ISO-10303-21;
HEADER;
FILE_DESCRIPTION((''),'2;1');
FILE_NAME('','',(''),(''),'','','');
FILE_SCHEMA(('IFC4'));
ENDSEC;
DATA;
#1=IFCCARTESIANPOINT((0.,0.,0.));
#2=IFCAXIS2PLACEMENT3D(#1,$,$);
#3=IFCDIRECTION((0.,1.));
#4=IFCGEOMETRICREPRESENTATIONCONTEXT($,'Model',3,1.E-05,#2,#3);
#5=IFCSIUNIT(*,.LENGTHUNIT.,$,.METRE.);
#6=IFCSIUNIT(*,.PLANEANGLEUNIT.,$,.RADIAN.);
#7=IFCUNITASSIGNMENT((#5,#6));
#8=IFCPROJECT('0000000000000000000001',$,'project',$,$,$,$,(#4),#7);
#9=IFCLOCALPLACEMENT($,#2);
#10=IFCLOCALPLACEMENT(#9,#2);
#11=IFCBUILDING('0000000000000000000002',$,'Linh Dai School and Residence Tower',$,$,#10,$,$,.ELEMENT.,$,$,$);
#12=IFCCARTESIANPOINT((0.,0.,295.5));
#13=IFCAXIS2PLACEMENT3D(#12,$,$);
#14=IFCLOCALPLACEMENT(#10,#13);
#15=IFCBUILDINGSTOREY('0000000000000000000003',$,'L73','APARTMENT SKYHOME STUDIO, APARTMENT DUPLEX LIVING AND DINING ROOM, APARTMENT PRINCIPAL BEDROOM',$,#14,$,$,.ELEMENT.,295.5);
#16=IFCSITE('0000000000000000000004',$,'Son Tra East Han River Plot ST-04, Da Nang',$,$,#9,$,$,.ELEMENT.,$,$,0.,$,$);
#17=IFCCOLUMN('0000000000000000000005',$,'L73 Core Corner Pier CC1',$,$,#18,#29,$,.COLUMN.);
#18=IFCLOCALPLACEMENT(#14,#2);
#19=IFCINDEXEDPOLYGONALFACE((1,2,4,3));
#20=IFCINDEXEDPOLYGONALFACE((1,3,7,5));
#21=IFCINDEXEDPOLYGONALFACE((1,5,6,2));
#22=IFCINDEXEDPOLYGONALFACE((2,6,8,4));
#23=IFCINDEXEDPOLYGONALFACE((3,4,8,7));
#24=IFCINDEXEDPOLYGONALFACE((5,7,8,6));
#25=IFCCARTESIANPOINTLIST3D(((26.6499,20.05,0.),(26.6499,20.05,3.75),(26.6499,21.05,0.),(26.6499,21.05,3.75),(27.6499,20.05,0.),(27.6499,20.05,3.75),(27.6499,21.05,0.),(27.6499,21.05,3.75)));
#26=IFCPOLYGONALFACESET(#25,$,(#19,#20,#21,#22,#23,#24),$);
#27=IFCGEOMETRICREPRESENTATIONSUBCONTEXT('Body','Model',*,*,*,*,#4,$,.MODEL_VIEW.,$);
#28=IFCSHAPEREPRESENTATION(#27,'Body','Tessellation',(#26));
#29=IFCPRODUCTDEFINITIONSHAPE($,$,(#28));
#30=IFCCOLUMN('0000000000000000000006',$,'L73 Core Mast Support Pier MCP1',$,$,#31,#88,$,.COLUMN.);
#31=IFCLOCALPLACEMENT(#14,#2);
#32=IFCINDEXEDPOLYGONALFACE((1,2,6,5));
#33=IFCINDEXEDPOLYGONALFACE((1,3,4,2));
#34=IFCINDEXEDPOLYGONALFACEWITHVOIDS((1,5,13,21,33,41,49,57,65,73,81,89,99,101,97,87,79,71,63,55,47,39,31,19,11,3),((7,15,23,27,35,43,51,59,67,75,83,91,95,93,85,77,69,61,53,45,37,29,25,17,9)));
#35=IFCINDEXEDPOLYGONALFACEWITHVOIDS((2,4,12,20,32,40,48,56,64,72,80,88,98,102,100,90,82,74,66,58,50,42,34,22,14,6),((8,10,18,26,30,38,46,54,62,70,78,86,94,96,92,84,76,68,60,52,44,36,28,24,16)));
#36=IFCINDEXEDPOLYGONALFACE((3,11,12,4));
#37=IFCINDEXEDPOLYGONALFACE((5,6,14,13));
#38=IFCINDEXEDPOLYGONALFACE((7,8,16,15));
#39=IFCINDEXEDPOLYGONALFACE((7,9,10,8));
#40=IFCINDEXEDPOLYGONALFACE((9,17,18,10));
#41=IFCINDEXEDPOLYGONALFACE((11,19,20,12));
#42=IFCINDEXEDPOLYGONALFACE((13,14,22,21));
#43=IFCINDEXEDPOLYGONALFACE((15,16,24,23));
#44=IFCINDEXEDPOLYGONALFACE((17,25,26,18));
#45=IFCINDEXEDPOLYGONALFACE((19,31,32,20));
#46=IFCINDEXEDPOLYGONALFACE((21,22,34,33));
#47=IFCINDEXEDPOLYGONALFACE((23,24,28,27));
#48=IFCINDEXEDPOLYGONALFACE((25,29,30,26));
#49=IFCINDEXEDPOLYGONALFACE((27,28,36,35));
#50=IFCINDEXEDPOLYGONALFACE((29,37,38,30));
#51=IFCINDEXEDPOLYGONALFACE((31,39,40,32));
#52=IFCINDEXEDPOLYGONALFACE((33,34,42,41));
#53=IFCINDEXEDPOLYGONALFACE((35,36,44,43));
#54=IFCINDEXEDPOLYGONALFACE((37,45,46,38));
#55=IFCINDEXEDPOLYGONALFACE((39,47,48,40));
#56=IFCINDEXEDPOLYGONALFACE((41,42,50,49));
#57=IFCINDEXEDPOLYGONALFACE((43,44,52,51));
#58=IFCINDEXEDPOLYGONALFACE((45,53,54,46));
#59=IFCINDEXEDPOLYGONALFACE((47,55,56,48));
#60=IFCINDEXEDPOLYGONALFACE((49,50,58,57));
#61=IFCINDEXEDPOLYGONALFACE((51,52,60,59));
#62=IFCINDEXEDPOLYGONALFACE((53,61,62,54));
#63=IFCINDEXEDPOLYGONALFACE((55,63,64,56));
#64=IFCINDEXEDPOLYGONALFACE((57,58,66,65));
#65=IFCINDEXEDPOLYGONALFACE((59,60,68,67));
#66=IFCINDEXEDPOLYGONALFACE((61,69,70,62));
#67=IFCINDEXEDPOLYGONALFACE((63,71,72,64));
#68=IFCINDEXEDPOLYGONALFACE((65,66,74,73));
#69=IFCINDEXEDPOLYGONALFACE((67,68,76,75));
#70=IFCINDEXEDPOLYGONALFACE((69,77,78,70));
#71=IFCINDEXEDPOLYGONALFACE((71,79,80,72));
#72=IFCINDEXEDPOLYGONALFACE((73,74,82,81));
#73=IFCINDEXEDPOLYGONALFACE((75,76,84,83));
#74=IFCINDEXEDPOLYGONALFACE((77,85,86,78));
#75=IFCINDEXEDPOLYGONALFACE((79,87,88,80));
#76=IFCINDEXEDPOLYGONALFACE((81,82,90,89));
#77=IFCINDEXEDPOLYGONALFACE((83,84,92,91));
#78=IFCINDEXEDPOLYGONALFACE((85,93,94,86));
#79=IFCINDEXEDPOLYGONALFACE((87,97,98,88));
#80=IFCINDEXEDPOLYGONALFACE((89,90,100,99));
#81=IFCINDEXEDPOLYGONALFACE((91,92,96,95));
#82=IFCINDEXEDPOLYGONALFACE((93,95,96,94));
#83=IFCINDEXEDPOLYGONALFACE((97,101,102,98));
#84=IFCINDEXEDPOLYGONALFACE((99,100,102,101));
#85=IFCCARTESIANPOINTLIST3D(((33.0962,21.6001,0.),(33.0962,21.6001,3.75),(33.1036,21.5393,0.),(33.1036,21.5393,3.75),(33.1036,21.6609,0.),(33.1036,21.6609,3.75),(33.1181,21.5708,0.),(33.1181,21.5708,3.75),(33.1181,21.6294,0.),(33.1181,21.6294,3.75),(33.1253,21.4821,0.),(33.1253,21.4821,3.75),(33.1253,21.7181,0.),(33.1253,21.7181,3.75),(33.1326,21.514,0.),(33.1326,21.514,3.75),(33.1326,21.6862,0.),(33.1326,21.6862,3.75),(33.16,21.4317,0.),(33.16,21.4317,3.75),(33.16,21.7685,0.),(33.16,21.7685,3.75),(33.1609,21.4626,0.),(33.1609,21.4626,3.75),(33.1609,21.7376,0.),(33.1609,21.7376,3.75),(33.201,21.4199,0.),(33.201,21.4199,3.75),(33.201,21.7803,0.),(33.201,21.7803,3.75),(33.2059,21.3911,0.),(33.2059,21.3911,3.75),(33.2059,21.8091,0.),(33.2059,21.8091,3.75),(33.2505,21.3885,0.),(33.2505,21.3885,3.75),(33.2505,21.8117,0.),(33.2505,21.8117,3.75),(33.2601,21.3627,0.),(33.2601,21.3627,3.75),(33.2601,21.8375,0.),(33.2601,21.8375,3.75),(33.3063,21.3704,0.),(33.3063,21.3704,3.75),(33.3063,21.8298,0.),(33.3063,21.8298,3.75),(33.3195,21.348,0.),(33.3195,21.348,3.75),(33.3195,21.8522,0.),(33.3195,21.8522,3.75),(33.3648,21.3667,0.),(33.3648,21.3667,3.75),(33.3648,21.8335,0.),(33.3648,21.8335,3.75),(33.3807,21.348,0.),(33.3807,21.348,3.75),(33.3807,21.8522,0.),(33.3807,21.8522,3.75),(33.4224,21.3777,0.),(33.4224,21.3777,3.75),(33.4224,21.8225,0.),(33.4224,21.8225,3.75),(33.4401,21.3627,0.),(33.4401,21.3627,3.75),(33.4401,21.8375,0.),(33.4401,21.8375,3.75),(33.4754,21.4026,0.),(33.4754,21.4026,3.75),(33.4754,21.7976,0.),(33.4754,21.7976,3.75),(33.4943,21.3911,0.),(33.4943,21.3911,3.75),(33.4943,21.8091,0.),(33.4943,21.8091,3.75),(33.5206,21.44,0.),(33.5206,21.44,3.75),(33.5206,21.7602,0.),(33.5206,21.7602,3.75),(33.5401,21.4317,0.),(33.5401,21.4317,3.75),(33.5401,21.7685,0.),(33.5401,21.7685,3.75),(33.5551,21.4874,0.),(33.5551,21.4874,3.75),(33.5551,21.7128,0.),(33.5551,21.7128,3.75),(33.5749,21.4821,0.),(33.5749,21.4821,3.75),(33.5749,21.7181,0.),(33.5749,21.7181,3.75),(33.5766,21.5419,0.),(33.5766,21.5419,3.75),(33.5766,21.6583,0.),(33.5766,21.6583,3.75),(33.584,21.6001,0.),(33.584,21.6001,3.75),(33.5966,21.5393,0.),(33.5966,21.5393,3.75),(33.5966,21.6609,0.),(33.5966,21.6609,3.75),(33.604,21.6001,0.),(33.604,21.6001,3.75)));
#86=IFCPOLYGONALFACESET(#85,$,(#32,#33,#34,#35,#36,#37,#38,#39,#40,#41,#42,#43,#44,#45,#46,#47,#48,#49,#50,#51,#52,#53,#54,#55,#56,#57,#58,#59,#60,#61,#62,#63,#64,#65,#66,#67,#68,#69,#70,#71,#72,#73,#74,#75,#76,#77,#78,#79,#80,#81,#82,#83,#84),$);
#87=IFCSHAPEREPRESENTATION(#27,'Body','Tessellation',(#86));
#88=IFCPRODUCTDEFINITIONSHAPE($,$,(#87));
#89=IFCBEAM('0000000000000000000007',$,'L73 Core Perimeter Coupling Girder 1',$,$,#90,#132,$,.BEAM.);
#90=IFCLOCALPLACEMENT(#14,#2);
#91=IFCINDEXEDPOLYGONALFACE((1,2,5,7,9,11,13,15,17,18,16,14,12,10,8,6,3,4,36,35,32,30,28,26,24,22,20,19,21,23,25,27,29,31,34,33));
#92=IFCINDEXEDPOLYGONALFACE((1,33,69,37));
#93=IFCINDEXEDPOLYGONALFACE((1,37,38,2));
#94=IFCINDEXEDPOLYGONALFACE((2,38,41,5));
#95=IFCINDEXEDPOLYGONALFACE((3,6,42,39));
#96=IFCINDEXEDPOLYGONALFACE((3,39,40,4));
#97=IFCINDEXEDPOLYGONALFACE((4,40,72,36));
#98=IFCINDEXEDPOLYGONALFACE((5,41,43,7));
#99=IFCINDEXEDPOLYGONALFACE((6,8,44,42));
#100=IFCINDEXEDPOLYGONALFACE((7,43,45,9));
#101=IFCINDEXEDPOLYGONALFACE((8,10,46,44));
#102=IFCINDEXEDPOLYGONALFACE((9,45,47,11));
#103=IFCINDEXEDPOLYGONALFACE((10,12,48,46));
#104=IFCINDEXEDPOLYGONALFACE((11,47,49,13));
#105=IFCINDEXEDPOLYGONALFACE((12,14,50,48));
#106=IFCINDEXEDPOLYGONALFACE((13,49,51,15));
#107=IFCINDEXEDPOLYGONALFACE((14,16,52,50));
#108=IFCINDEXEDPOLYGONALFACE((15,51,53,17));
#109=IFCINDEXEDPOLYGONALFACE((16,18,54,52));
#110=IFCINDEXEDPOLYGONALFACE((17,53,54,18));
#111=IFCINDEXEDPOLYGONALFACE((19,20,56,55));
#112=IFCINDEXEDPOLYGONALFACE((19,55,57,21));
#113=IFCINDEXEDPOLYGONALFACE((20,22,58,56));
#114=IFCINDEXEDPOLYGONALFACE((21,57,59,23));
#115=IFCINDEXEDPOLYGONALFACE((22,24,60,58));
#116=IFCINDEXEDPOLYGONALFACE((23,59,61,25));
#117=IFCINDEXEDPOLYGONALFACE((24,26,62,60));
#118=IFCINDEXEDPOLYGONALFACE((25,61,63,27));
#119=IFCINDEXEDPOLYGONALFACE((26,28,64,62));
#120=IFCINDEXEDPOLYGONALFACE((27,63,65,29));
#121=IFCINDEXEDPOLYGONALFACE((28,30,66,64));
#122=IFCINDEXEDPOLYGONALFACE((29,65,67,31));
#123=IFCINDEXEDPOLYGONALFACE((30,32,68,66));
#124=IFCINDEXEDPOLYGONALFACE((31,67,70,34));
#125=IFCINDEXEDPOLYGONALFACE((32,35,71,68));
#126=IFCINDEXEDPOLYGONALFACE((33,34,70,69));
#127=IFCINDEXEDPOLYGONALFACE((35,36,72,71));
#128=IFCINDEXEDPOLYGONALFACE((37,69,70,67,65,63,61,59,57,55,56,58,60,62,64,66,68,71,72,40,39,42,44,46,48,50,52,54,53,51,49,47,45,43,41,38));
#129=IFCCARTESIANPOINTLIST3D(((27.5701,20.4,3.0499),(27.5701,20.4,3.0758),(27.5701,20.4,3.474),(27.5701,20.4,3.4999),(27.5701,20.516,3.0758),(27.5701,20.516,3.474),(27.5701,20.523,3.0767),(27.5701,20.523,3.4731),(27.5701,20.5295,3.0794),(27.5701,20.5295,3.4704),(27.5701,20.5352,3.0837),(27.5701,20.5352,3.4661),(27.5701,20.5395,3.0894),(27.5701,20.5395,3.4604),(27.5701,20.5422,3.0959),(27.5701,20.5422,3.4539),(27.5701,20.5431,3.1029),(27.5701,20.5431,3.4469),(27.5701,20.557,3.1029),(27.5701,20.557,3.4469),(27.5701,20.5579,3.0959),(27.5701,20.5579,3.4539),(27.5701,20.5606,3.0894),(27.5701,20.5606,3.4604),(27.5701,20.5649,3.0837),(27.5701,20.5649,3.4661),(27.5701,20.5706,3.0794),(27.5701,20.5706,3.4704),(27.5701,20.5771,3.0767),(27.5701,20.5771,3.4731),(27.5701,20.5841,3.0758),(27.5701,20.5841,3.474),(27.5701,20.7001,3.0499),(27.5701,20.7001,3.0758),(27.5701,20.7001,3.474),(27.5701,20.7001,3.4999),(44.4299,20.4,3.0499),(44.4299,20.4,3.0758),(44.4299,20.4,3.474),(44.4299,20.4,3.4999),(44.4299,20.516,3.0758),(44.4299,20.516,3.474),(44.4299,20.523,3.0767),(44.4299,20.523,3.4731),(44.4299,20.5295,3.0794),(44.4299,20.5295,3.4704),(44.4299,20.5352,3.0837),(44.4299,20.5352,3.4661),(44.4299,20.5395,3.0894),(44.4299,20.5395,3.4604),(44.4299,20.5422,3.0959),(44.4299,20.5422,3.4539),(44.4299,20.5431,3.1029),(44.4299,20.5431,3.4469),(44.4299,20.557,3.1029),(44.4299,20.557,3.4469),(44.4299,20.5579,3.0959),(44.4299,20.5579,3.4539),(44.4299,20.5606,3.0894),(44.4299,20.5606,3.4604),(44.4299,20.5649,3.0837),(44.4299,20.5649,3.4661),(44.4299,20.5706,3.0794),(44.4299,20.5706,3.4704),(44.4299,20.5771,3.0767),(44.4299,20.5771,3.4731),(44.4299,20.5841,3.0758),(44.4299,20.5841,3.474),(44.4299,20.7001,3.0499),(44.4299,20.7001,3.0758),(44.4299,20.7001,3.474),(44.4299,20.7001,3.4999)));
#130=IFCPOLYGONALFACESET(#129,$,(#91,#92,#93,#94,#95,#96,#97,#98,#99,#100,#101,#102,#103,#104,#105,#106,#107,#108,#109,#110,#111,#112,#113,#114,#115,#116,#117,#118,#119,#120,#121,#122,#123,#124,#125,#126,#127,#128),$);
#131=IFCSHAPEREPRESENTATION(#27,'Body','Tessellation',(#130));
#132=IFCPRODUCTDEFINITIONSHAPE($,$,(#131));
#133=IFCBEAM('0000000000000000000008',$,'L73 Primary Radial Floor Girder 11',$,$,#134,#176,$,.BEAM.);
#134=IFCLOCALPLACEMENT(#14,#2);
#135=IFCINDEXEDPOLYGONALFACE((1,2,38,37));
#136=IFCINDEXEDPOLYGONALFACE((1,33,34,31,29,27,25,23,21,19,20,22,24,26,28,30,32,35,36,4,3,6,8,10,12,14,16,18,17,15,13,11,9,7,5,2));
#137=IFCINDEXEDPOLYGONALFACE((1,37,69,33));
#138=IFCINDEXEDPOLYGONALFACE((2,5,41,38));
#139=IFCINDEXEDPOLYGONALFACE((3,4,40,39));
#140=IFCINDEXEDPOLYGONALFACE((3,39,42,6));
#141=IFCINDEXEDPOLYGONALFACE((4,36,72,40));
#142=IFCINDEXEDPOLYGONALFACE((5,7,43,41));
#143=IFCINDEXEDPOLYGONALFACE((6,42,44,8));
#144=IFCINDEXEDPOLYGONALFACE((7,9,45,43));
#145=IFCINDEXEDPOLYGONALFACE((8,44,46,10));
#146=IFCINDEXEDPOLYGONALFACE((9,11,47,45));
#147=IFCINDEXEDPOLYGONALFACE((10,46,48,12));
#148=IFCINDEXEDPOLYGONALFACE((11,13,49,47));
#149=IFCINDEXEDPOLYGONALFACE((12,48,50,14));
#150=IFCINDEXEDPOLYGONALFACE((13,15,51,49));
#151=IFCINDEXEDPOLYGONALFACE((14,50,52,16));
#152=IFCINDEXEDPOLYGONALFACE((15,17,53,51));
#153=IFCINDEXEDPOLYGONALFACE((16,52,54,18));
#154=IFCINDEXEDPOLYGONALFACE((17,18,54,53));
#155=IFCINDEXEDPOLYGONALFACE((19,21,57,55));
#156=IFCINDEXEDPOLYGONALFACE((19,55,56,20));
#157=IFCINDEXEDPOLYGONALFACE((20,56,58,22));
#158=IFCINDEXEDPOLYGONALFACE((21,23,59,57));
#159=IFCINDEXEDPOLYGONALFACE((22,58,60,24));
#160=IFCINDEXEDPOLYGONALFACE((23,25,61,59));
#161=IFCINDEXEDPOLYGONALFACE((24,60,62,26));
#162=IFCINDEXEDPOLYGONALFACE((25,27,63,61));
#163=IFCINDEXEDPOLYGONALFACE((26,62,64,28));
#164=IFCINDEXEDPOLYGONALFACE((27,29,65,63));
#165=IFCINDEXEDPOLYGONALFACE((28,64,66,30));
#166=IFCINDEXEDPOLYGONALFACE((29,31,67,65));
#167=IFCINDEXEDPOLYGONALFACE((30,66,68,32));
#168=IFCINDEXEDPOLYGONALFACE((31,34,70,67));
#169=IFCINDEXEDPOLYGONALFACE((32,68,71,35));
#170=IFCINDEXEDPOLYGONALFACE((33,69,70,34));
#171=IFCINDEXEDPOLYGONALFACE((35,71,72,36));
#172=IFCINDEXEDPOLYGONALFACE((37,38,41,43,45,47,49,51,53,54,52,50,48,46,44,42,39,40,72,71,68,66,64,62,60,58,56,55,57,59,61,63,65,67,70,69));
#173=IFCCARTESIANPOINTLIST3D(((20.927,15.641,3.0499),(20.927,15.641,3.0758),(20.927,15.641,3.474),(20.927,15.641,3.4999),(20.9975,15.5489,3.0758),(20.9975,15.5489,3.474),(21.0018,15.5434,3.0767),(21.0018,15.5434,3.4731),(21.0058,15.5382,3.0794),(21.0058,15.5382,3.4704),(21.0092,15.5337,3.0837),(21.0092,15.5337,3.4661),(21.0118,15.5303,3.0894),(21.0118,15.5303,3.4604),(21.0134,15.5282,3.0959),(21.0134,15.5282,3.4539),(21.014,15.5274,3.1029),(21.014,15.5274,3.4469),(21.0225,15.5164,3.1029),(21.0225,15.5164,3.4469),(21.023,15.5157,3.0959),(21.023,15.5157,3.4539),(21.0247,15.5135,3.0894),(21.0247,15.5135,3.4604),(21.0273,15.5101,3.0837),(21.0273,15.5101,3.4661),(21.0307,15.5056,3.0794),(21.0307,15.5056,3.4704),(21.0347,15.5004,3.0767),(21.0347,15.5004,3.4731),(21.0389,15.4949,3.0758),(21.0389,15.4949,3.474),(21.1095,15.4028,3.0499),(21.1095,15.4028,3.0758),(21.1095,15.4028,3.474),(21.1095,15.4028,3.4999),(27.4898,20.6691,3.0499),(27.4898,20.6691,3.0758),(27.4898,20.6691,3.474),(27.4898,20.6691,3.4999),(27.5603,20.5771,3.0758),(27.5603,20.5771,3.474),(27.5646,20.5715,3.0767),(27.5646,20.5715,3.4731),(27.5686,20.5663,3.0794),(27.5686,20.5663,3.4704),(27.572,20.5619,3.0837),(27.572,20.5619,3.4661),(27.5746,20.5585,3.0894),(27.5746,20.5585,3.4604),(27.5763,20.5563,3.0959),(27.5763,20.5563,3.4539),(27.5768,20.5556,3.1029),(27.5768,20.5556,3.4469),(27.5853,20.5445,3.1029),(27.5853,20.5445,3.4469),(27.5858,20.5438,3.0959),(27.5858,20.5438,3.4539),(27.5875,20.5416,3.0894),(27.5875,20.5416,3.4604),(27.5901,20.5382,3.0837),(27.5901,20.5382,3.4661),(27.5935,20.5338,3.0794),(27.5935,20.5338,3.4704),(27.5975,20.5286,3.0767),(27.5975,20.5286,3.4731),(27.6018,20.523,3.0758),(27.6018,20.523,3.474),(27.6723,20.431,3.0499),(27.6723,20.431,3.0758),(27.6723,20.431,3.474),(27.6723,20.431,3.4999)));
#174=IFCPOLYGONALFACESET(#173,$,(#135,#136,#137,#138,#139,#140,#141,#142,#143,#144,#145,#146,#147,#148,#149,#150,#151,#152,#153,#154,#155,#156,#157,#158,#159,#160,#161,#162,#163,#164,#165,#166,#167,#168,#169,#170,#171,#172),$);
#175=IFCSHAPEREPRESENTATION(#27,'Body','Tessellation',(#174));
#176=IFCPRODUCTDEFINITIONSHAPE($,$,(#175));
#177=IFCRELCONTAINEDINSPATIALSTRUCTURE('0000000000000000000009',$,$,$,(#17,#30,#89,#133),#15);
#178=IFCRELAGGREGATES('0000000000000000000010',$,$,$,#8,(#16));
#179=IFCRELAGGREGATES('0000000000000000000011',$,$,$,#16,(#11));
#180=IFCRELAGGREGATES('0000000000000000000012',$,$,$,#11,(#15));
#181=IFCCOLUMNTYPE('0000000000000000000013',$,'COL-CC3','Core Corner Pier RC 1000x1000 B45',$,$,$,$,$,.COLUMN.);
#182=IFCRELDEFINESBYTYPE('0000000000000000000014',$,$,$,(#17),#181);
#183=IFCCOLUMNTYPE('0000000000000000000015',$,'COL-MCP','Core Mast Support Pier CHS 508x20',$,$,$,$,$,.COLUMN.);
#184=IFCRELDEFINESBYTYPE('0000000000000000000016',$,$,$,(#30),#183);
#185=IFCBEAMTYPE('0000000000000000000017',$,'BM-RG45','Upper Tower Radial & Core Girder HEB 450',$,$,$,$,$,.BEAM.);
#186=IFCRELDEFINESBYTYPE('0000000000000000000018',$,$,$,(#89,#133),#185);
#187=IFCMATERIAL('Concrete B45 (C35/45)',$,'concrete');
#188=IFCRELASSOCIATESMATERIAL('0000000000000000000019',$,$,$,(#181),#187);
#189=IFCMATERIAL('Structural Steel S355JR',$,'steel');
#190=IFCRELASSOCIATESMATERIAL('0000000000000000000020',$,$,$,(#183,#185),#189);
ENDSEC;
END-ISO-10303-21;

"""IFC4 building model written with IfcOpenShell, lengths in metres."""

from ifc_helpers import new_model, si_unit, direction, frame, origin, origin_2d, place, context, subcontext, project, spatial, rectangle, hollow_circle, i_section, extrude, material, material_profile, profile_set, type_object, element, save


model = new_model("IFC4")

# Units and contexts
model_context = context("Model", 3, precision=1e-05, world=origin(), true_north=direction((0.0, 1.0)))
body_context = subcontext(model_context, "Body", "Model", "MODEL_VIEW")
ifc_project = project(units=[si_unit("LENGTHUNIT", "METRE"), si_unit("PLANEANGLEUNIT", "RADIAN")], contexts=[model_context])

# Site, building, storey
site_placement = place(None, origin())
site = spatial("IfcSite", under=ifc_project, at=site_placement, Name="Son Tra East Han River Plot ST-04, Da Nang", CompositionType="ELEMENT", RefElevation=0.0)
building_placement = place(site_placement, origin())
building = spatial("IfcBuilding", under=site, at=building_placement, Name="Linh Dai School and Residence Tower", CompositionType="ELEMENT")
storey_placement = place(building_placement, frame((0.0, 0.0, 295.5)))
storey = spatial("IfcBuildingStorey", under=building, at=storey_placement, Name="L73", Description="APARTMENT SKYHOME STUDIO, APARTMENT DUPLEX LIVING AND DINING ROOM, APARTMENT PRINCIPAL BEDROOM", CompositionType="ELEMENT", Elevation=295.5)

# Columns
ifc_material_1 = material(Name="Concrete B45 (C35/45)", Category="concrete")
ifc_material_profile_1 = material_profile(ifc_material_1, rectangle(XDim=1.0, YDim=1.0, at=origin_2d()), Name="RC 1000x1000")
ifc_profile_set_1 = profile_set([ifc_material_profile_1], Name="Concrete B45 (C35/45)")
column_type_1 = type_object("IfcColumnType", Name="COL-CC3", Description="Core Corner Pier RC 1000x1000 B45", PredefinedType="COLUMN", material=ifc_profile_set_1)
column_1_placement = place(storey_placement, frame((27.1499, 20.55, 0.0), z_axis=(0.0, 0.0, 1.0), x_axis=(1.0, 0.0, 0.0)))
element("IfcColumn", 1, at=column_1_placement, inside=storey, type_object=column_type_1, Name="L73 Core Corner Pier CC1", PredefinedType="COLUMN", context=body_context, shape_type="SweptSolid", body=[
    extrude(rectangle(XDim=1.0, YDim=1.0, at=origin_2d()), origin(), (0.0, 0.0, 1.0), 3.75),
])
ifc_material_2 = material(Name="Structural Steel S355JR", Category="steel")
ifc_material_profile_2 = material_profile(ifc_material_2, hollow_circle(Radius=0.2539, WallThickness=0.02, at=origin_2d()), Name="CHS 508x20")
ifc_profile_set_2 = profile_set([ifc_material_profile_2], Name="Structural Steel S355JR")
column_type_2 = type_object("IfcColumnType", Name="COL-MCP", Description="Core Mast Support Pier CHS 508x20", PredefinedType="COLUMN", material=ifc_profile_set_2)
column_2_placement = place(storey_placement, frame((33.3501, 21.6001, 0.0), z_axis=(0.0, 0.0, 1.0), x_axis=(1.0, 0.0, 0.0)))
element("IfcColumn", 2, at=column_2_placement, inside=storey, type_object=column_type_2, Name="L73 Core Mast Support Pier MCP1", PredefinedType="COLUMN", context=body_context, shape_type="SweptSolid", body=[
    extrude(hollow_circle(Radius=0.2539, WallThickness=0.02, at=origin_2d()), origin(), (0.0, 0.0, 1.0), 3.75),
])

# Beams
ifc_material_profile_3 = material_profile(ifc_material_2, i_section(OverallWidth=0.3, OverallDepth=0.45, WebThickness=0.0139, FlangeThickness=0.0259, FilletRadius=0.0271, at=origin_2d()), Name="HEB 450")
ifc_profile_set_3 = profile_set([ifc_material_profile_3], Name="Structural Steel S355JR")
beam_type_1 = type_object("IfcBeamType", Name="BM-RG45", Description="Upper Tower Radial & Core Girder HEB 450", PredefinedType="BEAM", material=ifc_profile_set_3)
beam_1_placement = place(storey_placement, frame((27.5701, 20.55, 3.2749), z_axis=(1.0, 0.0, 0.0), x_axis=(0.0, 1.0, 0.0)))
element("IfcBeam", 3, at=beam_1_placement, inside=storey, type_object=beam_type_1, Name="L73 Core Perimeter Coupling Girder 1", PredefinedType="BEAM", context=body_context, shape_type="SweptSolid", body=[
    extrude(i_section(OverallWidth=0.3, OverallDepth=0.45, WebThickness=0.0139, FlangeThickness=0.0259, FilletRadius=0.0271, at=origin_2d()), origin(), (0.0, 0.0, 1.0), 16.8599),
])
beam_2_placement = place(storey_placement, frame((27.5811, 20.55, 3.2749), z_axis=(-0.793803, -0.608175, 0.0), x_axis=(0.608175, -0.793803, 0.0)))
element("IfcBeam", 4, at=beam_2_placement, inside=storey, type_object=beam_type_1, Name="L73 Primary Radial Floor Girder 11", PredefinedType="BEAM", context=body_context, shape_type="SweptSolid", body=[
    extrude(i_section(OverallWidth=0.3, OverallDepth=0.45, WebThickness=0.0139, FlangeThickness=0.0259, FilletRadius=0.0271, at=origin_2d()), origin(), (0.0, 0.0, 1.0), 8.2676),
])

save(model, "model.ifc")
